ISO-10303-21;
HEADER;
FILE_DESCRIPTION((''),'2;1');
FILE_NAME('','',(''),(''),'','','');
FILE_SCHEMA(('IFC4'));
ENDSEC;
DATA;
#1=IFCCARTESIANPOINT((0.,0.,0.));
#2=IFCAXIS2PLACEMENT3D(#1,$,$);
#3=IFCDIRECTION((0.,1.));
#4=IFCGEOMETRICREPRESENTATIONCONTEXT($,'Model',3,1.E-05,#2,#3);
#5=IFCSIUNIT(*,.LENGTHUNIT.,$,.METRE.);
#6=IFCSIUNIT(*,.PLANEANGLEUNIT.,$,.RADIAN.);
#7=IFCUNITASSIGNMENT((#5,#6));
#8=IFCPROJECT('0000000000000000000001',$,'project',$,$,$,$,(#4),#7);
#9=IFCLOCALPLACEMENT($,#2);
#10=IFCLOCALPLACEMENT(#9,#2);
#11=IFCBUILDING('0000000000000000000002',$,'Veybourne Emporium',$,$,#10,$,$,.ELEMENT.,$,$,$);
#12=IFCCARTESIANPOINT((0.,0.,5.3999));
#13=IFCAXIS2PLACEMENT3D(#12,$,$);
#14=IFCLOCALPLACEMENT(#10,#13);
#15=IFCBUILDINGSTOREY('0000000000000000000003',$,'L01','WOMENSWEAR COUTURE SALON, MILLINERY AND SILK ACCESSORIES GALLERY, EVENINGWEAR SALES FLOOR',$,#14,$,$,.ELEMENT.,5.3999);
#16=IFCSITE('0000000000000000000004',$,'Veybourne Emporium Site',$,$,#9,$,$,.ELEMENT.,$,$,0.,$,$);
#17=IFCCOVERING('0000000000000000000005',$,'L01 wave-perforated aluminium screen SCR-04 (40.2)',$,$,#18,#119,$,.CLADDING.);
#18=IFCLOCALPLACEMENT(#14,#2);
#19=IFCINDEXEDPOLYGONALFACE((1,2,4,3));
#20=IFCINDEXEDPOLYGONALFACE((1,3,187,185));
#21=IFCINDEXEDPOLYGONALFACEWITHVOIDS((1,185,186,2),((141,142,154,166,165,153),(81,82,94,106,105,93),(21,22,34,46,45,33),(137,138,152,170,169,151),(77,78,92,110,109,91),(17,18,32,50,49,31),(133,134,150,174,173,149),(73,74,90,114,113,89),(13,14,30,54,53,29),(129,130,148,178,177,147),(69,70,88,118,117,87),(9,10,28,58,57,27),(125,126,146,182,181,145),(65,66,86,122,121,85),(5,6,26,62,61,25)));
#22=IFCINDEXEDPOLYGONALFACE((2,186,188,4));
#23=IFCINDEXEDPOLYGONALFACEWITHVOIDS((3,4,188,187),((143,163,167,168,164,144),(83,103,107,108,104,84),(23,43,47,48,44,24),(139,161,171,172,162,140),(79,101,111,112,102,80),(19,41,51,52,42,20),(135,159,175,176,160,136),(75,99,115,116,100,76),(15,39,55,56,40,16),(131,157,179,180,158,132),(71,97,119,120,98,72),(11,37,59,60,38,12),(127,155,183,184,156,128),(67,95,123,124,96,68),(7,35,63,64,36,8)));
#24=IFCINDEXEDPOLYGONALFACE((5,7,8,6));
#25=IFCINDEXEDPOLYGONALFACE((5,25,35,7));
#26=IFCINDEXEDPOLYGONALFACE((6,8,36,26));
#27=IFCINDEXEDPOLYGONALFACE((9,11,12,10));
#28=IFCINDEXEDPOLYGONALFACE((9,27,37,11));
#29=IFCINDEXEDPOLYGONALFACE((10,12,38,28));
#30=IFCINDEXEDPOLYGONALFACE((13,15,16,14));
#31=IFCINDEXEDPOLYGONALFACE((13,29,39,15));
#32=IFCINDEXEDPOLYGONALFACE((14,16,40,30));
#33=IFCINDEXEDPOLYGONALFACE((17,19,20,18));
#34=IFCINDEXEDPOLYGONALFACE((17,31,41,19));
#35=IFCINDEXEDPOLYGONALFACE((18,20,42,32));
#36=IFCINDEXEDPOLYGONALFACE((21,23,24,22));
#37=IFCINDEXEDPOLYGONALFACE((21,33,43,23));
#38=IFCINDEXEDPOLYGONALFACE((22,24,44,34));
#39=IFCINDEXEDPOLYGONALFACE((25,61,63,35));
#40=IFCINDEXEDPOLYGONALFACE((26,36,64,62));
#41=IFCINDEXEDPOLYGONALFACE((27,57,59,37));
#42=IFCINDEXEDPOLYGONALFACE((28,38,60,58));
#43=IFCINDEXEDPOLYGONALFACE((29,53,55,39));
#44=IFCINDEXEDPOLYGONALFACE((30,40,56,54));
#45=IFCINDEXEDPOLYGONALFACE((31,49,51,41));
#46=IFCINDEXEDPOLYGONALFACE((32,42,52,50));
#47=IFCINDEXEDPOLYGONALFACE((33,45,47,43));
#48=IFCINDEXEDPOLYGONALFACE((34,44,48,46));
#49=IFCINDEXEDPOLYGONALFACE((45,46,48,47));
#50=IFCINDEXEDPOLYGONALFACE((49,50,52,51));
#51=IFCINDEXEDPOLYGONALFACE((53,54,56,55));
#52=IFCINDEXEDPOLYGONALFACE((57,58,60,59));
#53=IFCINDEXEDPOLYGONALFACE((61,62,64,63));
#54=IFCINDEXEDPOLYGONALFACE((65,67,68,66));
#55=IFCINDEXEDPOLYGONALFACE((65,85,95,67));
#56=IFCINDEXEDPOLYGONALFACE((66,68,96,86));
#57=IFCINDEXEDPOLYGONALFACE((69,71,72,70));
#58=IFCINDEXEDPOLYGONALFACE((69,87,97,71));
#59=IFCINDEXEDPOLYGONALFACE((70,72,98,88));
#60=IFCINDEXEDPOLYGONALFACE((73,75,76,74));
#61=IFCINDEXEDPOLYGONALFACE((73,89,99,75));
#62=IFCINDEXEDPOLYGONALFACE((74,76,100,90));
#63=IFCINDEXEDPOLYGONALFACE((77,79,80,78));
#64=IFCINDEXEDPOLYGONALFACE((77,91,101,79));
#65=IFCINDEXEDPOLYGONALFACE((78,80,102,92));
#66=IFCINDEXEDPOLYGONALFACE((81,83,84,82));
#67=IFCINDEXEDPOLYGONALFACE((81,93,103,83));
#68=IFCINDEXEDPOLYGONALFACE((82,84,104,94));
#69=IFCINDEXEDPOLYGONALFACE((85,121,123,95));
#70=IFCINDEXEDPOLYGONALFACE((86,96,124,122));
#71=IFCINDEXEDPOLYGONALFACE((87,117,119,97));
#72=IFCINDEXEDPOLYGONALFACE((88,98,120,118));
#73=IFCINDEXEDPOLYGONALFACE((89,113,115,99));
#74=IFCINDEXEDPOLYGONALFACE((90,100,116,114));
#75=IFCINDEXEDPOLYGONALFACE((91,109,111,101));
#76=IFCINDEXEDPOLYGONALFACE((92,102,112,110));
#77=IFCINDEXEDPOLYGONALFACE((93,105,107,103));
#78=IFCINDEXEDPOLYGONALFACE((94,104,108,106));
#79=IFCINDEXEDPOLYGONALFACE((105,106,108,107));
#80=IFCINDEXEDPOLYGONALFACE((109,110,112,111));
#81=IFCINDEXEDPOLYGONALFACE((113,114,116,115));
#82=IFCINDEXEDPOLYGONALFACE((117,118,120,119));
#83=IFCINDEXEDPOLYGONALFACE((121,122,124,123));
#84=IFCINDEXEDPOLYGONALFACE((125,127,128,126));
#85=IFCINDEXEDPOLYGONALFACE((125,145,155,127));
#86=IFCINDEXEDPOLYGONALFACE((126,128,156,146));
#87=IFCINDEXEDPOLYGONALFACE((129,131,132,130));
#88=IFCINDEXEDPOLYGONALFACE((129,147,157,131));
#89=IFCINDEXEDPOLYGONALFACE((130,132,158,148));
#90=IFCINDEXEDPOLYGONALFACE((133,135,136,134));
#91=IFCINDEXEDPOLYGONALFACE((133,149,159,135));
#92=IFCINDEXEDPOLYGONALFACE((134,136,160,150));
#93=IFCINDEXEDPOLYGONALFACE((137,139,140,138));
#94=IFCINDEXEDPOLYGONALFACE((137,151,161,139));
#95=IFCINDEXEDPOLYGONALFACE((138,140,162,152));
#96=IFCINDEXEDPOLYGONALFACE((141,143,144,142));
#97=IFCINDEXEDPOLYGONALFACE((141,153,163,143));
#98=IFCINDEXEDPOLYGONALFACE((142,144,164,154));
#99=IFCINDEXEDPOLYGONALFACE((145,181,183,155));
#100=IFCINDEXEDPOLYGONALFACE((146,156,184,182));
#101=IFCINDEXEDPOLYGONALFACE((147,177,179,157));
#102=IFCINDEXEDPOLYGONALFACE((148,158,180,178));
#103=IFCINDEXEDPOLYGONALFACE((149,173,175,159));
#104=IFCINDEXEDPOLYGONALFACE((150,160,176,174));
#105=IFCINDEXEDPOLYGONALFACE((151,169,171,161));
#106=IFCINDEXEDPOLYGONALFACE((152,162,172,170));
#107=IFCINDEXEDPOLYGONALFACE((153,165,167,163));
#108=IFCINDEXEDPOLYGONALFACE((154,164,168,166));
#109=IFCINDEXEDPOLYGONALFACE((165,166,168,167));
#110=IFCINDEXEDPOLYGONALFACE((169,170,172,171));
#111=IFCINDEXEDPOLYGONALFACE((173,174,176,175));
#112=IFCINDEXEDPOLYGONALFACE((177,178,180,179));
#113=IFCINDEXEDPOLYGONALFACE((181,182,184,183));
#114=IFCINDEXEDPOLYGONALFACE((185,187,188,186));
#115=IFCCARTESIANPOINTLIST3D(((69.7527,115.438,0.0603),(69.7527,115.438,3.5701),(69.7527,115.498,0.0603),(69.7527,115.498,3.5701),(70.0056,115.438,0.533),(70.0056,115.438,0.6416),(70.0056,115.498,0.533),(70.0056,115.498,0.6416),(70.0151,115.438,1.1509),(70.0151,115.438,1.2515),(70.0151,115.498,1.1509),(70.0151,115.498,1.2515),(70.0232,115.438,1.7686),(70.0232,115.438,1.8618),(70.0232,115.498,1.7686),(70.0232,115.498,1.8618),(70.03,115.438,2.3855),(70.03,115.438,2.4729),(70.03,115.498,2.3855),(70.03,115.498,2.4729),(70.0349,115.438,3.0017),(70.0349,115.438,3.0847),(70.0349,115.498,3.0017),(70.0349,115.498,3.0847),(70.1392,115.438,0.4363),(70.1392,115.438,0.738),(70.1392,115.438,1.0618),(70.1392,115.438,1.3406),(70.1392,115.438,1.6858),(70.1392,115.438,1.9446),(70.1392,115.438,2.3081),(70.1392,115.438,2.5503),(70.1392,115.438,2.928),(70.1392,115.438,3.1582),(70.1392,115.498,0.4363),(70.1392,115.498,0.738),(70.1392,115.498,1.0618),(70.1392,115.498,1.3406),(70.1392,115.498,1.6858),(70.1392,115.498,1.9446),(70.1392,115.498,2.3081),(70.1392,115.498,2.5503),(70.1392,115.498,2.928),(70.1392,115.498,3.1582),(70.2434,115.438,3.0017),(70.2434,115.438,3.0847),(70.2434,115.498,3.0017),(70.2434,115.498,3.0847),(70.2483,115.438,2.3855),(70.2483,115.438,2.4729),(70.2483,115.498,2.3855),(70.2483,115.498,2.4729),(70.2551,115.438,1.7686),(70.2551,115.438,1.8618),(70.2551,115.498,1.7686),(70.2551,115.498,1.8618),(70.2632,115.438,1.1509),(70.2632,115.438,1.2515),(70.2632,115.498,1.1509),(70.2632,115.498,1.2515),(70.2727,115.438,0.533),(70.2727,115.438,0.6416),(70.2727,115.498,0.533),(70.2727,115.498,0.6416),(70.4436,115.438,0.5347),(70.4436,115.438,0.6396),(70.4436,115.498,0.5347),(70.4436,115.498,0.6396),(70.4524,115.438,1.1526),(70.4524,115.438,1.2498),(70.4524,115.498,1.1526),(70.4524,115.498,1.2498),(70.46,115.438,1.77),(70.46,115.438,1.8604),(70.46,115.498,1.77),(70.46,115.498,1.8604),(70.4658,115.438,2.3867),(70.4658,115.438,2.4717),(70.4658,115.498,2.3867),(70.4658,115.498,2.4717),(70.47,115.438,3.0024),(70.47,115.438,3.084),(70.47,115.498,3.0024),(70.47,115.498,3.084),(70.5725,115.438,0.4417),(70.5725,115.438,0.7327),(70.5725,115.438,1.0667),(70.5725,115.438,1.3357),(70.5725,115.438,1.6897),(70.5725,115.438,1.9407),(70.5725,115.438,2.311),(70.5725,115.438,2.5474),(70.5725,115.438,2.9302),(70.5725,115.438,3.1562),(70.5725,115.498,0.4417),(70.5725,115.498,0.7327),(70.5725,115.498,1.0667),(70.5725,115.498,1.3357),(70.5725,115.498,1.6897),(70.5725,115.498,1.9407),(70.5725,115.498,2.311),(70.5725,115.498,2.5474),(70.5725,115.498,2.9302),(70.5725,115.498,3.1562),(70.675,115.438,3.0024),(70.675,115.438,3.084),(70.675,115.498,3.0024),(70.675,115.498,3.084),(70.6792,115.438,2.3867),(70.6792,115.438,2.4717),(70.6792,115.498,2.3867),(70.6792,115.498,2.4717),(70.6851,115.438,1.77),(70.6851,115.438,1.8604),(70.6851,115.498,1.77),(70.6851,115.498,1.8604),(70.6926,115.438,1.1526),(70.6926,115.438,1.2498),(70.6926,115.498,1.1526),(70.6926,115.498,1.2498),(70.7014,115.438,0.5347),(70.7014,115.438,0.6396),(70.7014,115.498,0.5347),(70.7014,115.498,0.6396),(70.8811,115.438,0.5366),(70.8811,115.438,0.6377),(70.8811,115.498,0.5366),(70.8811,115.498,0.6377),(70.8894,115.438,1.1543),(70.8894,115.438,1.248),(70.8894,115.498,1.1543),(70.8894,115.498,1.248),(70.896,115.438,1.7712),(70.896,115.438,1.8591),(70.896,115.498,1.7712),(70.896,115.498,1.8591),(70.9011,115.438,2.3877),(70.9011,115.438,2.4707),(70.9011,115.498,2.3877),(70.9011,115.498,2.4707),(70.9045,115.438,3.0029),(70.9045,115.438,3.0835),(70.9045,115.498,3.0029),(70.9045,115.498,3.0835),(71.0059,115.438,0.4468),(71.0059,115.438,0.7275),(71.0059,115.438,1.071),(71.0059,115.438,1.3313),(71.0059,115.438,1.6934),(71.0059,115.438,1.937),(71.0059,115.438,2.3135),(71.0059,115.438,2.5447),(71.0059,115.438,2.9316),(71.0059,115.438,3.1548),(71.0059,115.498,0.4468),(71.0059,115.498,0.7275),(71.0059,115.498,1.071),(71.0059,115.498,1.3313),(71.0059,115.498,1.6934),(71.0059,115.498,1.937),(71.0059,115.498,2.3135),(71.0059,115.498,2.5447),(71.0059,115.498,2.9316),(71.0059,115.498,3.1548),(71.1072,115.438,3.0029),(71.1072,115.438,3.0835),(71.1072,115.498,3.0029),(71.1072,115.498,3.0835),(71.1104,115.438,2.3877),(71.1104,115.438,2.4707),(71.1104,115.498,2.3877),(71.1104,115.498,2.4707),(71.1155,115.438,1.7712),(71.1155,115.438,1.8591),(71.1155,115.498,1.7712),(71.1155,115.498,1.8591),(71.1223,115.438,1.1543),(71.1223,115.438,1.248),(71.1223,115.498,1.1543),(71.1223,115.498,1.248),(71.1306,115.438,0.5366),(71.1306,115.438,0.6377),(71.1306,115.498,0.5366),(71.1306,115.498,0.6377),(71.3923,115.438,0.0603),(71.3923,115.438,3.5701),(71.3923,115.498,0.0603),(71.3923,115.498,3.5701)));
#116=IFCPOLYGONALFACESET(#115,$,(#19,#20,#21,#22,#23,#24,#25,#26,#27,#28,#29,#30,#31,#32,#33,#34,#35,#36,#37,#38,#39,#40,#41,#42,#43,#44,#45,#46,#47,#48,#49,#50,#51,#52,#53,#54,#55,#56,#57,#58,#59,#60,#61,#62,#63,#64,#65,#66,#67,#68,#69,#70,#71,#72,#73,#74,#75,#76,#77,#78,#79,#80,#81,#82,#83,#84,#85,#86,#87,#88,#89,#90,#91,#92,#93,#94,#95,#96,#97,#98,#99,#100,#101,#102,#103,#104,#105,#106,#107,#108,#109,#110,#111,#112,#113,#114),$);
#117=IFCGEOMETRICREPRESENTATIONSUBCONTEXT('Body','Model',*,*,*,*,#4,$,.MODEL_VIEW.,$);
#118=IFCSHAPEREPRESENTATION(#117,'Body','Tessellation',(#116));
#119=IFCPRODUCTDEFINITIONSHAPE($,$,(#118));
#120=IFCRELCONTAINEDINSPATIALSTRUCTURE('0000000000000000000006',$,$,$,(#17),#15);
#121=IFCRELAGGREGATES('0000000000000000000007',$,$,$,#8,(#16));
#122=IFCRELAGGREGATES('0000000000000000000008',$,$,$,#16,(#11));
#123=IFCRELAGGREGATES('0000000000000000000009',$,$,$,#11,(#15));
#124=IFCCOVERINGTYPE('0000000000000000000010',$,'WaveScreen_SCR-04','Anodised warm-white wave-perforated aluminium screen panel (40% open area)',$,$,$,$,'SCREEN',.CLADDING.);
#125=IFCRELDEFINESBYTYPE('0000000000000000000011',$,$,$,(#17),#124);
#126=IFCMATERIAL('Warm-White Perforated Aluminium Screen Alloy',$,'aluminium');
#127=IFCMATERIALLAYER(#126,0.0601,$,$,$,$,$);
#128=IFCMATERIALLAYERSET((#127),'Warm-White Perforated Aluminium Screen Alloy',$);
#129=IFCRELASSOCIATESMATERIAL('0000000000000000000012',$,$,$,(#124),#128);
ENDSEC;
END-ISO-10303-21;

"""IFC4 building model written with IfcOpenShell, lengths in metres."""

from ifc_helpers import new_model, si_unit, direction, frame, origin, place, context, subcontext, project, spatial, polyline, outline, extrude, material, layer, layer_set, type_object, element, save


model = new_model("IFC4")

# Units and contexts
model_context = context("Model", 3, precision=1e-05, world=origin(), true_north=direction((0.0, 1.0)))
body_context = subcontext(model_context, "Body", "Model", "MODEL_VIEW")
ifc_project = project(units=[si_unit("LENGTHUNIT", "METRE"), si_unit("PLANEANGLEUNIT", "RADIAN")], contexts=[model_context])

# Site, building, storey
site_placement = place(None, origin())
site = spatial("IfcSite", under=ifc_project, at=site_placement, Name="Veybourne Emporium Site", CompositionType="ELEMENT", RefElevation=0.0)
building_placement = place(site_placement, origin())
building = spatial("IfcBuilding", under=site, at=building_placement, Name="Veybourne Emporium", CompositionType="ELEMENT")
storey_placement = place(building_placement, frame((0.0, 0.0, 5.3999)))
storey = spatial("IfcBuildingStorey", under=building, at=storey_placement, Name="L01", Description="WOMENSWEAR COUTURE SALON, MILLINERY AND SILK ACCESSORIES GALLERY, EVENINGWEAR SALES FLOOR", CompositionType="ELEMENT", Elevation=5.3999)

# Covering
ifc_material_1 = material(Name="Warm-White Perforated Aluminium Screen Alloy", Category="aluminium")
ifc_layer_1 = layer(ifc_material_1, 0.0601)
ifc_layer_set_1 = layer_set([ifc_layer_1], Name="Warm-White Perforated Aluminium Screen Alloy")
covering_type_1 = type_object("IfcCoveringType", Name="WaveScreen_SCR-04", Description="Anodised warm-white wave-perforated aluminium screen panel (40% open area)", ElementType="SCREEN", PredefinedType="CLADDING", material=ifc_layer_set_1)
covering_1_placement = place(storey_placement, frame((70.5725, 115.498, 1.8152), z_axis=(0.0, -1.0, 0.0), x_axis=(1.0, 0.0, 0.0)))
element("IfcCovering", 1, at=covering_1_placement, inside=storey, type_object=covering_type_1, Name="L01 wave-perforated aluminium screen SCR-04 (40.2)", PredefinedType="CLADDING", context=body_context, shape_type="SweptSolid", body=[
    extrude(outline(polyline([(-0.8198, -1.7549), (0.8198, -1.7549), (0.8198, 1.7549), (-0.8198, 1.7549), (-0.8198, -1.7549)]), holes=[polyline([(-0.4333, -1.0771), (-0.2998, -1.1736), (-0.2998, -1.2822), (-0.4333, -1.3789), (-0.5669, -1.2822), (-0.5669, -1.1736), (-0.4333, -1.0771)]), polyline([(-0.4333, -0.4746), (-0.3093, -0.5637), (-0.3093, -0.6643), (-0.4333, -0.7534), (-0.5574, -0.6643), (-0.5574, -0.5637), (-0.4333, -0.4746)]), polyline([(-0.4333, 0.1294), (-0.3174, 0.0466), (-0.3174, -0.0466), (-0.4333, -0.1294), (-0.5493, -0.0466), (-0.5493, 0.0466), (-0.4333, 0.1294)]), polyline([(-0.4333, 0.7351), (-0.3242, 0.6577), (-0.3242, 0.5703), (-0.4333, 0.4929), (-0.5425, 0.5703), (-0.5425, 0.6577), (-0.4333, 0.7351)]), polyline([(-0.4333, 1.343), (-0.3291, 1.2695), (-0.3291, 1.1865), (-0.4333, 1.1128), (-0.5376, 1.1865), (-0.5376, 1.2695), (-0.4333, 1.343)]), polyline([(0.0, -1.0825), (0.1289, -1.1755), (0.1289, -1.2805), (0.0, -1.3735), (-0.1289, -1.2805), (-0.1289, -1.1755), (0.0, -1.0825)]), polyline([(0.0, -0.4795), (0.1201, -0.5654), (0.1201, -0.6626), (0.0, -0.7485), (-0.1201, -0.6626), (-0.1201, -0.5654), (0.0, -0.4795)]), polyline([(0.0, 0.1255), (0.1125, 0.0452), (0.1125, -0.0452), (0.0, -0.1255), (-0.1125, -0.0452), (-0.1125, 0.0452), (0.0, 0.1255)]), polyline([(0.0, 0.7322), (0.1067, 0.6565), (0.1067, 0.5715), (0.0, 0.4958), (-0.1067, 0.5715), (-0.1067, 0.6565), (0.0, 0.7322)]), polyline([(0.0, 1.3411), (0.1025, 1.2688), (0.1025, 1.1873), (0.0, 1.115), (-0.1025, 1.1873), (-0.1025, 1.2688), (0.0, 1.3411)]), polyline([(0.4333, -1.0876), (0.5581, -1.1775), (0.5581, -1.2786), (0.4333, -1.3684), (0.3086, -1.2786), (0.3086, -1.1775), (0.4333, -1.0876)]), polyline([(0.4333, -0.4839), (0.5498, -0.5671), (0.5498, -0.6609), (0.4333, -0.7441), (0.3169, -0.6609), (0.3169, -0.5671), (0.4333, -0.4839)]), polyline([(0.4333, 0.1218), (0.543, 0.0439), (0.543, -0.0439), (0.4333, -0.1218), (0.3235, -0.0439), (0.3235, 0.0439), (0.4333, 0.1218)]), polyline([(0.4333, 0.7295), (0.5378, 0.6555), (0.5378, 0.5725), (0.4333, 0.4983), (0.3286, 0.5725), (0.3286, 0.6555), (0.4333, 0.7295)]), polyline([(0.4333, 1.3396), (0.5347, 1.2683), (0.5347, 1.1877), (0.4333, 1.1165), (0.332, 1.1877), (0.332, 1.2683), (0.4333, 1.3396)])]), origin(), (0.0, 0.0, 1.0), 0.0601),
])

save(model, "model.ifc")
